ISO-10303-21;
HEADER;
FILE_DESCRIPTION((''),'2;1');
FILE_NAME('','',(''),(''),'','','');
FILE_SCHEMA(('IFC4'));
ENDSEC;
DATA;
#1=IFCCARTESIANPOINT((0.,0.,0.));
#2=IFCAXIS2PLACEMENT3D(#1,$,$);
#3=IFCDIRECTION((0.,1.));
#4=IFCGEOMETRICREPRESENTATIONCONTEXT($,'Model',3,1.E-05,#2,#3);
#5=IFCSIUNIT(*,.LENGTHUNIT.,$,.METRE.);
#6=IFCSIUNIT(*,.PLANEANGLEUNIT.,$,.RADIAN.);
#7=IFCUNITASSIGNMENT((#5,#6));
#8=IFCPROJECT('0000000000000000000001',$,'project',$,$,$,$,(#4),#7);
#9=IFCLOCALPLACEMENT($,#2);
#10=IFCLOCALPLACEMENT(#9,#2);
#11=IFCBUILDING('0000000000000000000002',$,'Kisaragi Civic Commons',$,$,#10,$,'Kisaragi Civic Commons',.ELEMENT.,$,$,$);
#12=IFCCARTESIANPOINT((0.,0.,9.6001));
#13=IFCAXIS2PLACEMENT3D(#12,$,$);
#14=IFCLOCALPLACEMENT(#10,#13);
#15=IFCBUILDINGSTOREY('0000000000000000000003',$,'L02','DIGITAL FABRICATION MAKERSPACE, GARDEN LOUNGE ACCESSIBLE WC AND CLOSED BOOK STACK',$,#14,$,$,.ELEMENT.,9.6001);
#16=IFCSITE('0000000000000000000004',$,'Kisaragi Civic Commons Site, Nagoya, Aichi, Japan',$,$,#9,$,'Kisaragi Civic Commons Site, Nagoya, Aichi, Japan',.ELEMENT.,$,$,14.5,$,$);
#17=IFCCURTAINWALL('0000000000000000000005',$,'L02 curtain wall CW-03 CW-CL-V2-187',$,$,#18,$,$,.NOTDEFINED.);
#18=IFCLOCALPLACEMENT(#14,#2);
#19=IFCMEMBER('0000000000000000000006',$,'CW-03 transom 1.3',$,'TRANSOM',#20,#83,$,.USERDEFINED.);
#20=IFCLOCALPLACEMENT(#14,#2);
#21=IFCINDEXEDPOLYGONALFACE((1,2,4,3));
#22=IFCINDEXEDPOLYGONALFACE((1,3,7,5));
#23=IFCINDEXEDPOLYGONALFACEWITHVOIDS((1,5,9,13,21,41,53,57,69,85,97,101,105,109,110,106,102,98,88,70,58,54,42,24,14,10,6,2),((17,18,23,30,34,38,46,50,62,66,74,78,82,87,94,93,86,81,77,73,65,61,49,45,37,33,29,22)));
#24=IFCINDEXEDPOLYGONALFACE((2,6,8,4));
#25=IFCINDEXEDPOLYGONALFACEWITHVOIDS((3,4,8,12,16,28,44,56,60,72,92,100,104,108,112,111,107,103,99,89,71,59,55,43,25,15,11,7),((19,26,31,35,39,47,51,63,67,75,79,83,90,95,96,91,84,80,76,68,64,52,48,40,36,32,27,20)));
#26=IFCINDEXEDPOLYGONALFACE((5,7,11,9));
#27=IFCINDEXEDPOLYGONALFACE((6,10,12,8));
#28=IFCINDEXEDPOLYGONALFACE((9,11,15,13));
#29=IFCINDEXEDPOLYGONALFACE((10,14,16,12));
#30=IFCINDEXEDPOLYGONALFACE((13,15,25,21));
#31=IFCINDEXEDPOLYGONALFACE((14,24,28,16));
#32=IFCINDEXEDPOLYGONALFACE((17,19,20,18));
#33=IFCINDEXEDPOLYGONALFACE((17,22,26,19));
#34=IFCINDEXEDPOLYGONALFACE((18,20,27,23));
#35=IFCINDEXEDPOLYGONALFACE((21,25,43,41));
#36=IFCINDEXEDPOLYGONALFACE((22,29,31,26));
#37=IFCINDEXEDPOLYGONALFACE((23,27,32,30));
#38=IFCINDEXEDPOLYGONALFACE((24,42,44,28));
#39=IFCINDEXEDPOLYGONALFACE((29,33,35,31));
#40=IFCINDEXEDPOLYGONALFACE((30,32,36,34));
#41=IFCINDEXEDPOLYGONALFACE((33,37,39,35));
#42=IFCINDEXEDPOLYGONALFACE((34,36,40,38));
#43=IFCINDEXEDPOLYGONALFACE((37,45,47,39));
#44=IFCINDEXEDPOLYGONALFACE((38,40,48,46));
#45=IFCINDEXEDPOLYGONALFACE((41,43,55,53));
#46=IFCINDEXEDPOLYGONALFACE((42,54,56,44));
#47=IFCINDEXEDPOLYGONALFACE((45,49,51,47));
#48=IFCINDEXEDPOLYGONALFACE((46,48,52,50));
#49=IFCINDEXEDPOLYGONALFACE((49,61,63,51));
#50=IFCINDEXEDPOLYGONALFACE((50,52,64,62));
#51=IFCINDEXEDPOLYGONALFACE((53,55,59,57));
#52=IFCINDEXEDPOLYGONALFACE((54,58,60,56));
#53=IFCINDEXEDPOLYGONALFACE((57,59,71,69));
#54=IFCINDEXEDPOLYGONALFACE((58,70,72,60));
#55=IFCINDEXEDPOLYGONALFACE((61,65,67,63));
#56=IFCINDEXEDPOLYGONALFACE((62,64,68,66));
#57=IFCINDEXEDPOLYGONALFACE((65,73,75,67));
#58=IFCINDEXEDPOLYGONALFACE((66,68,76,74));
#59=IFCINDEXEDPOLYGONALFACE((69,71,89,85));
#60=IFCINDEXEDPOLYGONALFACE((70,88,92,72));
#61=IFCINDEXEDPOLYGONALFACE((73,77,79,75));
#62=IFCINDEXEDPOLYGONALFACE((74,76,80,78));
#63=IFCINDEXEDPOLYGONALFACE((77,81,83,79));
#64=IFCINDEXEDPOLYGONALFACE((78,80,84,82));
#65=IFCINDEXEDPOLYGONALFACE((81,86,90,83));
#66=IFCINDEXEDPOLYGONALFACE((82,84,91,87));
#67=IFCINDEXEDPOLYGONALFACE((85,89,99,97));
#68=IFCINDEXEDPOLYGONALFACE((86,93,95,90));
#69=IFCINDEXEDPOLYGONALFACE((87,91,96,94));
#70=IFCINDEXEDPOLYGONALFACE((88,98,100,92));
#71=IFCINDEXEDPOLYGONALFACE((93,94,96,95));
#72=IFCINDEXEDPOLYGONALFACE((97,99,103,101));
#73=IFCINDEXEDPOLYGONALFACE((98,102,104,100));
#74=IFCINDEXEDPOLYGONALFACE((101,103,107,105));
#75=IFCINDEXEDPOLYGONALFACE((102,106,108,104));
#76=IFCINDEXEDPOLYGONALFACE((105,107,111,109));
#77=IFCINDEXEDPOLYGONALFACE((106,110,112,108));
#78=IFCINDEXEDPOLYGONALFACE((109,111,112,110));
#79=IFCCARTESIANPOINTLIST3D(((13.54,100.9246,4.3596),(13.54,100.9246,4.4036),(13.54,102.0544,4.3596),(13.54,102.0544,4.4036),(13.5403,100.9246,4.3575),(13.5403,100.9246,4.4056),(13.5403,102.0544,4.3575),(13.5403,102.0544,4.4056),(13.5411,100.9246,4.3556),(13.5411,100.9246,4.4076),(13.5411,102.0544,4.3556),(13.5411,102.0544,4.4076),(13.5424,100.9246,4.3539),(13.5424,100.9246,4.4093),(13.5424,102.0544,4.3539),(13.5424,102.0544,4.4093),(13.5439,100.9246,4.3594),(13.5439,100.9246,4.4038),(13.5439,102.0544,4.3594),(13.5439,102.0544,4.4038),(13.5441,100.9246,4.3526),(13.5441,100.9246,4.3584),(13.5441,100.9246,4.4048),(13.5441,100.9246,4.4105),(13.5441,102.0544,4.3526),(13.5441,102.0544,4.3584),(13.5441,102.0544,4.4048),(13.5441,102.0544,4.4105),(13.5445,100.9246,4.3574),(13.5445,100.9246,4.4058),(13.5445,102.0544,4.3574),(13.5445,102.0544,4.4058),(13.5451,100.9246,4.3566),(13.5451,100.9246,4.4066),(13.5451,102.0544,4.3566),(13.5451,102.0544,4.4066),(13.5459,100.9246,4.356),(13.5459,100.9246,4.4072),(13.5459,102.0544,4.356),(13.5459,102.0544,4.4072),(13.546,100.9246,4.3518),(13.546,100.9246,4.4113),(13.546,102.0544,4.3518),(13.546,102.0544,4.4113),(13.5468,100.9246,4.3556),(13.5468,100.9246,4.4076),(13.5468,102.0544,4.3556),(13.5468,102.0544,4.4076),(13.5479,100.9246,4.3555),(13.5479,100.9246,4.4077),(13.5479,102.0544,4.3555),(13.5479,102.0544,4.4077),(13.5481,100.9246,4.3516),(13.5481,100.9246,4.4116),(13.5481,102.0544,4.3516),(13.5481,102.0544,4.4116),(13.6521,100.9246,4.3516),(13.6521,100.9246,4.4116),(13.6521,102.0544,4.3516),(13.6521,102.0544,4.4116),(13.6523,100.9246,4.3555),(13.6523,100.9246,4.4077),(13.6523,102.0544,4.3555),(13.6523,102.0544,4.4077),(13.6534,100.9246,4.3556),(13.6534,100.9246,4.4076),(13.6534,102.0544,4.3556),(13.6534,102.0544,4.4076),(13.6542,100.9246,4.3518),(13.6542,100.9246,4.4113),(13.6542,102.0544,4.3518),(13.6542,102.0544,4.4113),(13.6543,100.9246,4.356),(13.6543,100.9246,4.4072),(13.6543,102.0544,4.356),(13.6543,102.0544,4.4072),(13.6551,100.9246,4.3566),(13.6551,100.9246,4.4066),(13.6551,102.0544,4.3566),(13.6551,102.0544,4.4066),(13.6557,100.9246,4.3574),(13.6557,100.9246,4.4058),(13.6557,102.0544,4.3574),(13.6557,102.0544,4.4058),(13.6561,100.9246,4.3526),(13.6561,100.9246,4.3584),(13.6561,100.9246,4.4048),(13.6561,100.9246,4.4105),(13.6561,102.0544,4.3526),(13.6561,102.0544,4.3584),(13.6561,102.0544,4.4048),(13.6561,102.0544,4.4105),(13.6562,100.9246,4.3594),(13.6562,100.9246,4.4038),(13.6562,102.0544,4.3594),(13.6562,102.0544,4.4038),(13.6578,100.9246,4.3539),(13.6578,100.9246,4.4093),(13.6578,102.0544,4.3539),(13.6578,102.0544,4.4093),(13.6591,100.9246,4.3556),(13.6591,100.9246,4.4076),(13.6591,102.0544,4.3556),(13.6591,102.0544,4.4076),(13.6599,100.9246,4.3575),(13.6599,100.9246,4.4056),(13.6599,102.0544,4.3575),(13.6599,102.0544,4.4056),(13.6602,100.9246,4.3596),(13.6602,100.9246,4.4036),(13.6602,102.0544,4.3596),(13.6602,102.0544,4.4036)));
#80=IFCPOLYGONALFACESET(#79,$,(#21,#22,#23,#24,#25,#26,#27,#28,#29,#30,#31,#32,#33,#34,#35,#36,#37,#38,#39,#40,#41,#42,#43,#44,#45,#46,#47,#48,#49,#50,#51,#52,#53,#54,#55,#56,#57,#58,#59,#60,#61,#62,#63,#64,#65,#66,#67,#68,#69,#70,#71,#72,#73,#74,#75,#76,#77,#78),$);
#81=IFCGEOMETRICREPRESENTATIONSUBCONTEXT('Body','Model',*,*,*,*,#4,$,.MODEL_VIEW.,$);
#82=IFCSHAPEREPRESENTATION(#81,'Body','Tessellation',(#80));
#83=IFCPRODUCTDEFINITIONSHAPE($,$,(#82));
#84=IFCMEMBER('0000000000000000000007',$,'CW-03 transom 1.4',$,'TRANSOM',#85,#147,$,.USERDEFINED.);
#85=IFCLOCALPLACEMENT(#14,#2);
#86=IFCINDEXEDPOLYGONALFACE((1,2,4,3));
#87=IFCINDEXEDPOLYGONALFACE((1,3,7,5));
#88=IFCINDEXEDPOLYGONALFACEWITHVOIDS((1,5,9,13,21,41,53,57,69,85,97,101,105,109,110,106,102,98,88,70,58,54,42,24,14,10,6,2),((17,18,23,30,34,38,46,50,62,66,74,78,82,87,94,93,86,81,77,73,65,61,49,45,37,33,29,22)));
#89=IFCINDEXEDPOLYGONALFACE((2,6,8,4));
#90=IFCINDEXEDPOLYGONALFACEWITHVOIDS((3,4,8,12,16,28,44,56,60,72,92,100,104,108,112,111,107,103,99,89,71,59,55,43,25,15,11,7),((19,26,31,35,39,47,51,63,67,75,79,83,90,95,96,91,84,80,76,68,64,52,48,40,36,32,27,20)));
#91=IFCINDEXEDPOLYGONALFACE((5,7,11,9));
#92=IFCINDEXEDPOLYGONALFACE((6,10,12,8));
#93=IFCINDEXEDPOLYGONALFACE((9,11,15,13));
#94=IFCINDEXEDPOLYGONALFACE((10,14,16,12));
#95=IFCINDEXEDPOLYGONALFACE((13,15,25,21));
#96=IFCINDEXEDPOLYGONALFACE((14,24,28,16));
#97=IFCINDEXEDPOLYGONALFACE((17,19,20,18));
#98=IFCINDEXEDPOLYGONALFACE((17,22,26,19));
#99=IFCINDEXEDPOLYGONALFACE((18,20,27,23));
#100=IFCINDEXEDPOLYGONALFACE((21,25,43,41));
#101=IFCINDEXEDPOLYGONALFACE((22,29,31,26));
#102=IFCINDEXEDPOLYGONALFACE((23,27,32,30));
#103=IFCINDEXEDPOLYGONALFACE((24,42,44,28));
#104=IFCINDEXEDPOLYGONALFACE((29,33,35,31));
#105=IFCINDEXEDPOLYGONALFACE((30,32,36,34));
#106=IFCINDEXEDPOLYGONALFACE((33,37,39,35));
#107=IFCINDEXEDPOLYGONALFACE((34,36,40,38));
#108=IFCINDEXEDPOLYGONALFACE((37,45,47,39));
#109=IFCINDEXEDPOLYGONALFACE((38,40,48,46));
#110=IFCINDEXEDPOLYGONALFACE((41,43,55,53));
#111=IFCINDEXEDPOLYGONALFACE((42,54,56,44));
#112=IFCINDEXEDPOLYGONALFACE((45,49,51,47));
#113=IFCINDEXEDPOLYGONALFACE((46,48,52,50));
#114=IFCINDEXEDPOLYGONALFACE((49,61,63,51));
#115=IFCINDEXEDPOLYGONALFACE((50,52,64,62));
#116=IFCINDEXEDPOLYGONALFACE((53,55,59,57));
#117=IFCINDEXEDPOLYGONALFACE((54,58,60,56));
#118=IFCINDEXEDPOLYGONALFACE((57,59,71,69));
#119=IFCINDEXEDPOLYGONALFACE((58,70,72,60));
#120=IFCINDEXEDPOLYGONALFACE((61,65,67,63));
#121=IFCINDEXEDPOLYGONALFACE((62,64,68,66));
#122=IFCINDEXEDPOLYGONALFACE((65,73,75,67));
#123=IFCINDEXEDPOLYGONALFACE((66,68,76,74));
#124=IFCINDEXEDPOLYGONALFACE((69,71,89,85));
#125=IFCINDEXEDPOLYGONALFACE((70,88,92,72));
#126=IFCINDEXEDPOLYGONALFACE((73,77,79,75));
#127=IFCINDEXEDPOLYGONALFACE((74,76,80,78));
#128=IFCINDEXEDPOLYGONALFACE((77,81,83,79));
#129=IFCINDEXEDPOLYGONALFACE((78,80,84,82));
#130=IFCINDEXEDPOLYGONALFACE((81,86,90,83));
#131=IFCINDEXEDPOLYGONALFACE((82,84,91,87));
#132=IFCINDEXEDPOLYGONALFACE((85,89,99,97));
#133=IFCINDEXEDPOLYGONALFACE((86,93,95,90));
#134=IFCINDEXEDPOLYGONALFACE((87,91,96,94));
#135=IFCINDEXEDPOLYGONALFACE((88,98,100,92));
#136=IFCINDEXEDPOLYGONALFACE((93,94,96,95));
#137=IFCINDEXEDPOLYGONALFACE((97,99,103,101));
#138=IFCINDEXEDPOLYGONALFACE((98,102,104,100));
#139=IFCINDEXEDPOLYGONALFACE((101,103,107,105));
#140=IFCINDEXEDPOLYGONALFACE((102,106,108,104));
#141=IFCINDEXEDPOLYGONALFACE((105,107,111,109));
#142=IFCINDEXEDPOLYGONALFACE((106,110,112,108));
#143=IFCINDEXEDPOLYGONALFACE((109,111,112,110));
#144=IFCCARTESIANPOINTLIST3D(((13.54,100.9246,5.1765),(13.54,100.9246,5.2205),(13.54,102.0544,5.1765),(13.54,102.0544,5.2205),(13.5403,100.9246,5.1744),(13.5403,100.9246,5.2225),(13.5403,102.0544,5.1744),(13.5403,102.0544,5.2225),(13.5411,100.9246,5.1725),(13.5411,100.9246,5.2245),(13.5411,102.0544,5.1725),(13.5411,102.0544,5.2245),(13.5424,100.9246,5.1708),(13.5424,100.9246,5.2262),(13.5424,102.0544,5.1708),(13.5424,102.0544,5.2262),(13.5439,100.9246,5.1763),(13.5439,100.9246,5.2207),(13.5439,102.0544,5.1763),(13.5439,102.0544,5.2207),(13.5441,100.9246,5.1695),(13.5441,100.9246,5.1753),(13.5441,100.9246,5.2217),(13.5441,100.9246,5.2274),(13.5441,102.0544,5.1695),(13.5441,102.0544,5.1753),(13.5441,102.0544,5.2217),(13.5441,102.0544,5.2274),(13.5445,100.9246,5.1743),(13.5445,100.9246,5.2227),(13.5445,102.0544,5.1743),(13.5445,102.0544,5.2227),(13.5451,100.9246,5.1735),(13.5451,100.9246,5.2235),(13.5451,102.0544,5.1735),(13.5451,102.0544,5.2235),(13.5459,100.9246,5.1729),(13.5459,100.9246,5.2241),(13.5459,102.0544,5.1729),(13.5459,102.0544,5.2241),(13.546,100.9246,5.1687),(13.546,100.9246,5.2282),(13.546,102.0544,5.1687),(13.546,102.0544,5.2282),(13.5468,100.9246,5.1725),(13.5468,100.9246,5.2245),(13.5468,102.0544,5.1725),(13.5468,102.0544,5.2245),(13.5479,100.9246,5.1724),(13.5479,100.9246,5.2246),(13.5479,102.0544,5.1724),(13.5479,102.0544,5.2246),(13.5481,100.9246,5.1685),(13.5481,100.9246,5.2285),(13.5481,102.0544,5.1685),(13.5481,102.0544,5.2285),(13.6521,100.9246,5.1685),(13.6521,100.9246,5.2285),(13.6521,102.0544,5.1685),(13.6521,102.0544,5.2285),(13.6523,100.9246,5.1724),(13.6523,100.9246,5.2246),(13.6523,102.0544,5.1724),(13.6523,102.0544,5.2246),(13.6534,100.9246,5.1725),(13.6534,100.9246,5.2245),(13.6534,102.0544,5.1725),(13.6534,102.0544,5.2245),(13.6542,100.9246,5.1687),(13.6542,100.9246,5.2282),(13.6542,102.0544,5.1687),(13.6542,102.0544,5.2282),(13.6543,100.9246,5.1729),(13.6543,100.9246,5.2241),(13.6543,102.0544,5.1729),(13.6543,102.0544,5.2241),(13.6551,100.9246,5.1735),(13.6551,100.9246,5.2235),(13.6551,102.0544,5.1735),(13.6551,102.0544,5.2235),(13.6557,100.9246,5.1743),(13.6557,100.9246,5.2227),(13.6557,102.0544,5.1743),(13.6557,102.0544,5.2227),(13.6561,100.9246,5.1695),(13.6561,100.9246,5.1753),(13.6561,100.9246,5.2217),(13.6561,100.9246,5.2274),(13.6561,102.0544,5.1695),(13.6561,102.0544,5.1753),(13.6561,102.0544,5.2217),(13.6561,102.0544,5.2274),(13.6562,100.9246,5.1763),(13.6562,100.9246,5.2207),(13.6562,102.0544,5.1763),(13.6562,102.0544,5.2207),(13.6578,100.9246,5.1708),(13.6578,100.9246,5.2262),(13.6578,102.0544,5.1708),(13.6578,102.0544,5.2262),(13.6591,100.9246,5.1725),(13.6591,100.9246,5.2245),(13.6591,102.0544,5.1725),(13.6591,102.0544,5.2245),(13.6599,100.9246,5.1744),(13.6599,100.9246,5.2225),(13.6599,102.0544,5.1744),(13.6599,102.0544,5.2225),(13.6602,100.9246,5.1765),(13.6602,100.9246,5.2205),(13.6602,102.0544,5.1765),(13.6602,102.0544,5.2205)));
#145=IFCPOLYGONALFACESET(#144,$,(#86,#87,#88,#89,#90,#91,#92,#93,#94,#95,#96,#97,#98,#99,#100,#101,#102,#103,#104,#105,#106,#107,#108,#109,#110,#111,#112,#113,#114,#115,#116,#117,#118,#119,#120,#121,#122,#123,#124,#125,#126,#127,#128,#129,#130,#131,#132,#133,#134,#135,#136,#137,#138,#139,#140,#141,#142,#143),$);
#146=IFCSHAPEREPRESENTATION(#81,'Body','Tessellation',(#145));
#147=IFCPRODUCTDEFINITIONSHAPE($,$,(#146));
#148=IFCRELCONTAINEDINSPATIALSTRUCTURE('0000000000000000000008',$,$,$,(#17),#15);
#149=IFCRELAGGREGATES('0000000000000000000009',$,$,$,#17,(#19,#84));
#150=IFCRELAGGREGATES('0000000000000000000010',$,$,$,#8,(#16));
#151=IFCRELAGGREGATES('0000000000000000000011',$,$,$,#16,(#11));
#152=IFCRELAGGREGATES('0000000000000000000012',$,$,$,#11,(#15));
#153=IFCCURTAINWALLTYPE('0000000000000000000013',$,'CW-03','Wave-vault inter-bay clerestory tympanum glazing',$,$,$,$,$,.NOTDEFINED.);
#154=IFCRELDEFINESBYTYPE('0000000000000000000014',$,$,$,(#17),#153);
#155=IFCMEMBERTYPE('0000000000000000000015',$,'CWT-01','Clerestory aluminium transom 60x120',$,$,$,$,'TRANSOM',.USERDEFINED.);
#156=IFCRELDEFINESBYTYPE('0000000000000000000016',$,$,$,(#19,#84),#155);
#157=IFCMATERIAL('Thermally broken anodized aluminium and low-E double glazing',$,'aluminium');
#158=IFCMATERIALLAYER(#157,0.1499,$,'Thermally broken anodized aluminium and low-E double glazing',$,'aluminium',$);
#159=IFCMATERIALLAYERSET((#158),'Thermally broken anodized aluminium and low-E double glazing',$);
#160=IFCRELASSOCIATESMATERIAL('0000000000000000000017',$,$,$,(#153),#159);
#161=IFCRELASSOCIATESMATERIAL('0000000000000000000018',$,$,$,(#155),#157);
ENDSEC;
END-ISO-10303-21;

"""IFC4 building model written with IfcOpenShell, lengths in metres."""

from ifc_helpers import new_model, si_unit, direction, frame, origin, origin_2d, place, context, subcontext, project, spatial, hollow_rectangle, extrude, material, layer, layer_set, material_profile, profile_set, type_object, element, aggregate, save


model = new_model("IFC4")

# Units and contexts
model_context = context("Model", 3, precision=1e-05, world=origin(), true_north=direction((0.0, 1.0)))
body_context = subcontext(model_context, "Body", "Model", "MODEL_VIEW")
ifc_project = project(units=[si_unit("LENGTHUNIT", "METRE"), si_unit("PLANEANGLEUNIT", "RADIAN")], contexts=[model_context])

# Site, building, storey
site_placement = place(None, origin())
site = spatial("IfcSite", under=ifc_project, at=site_placement, Name="Kisaragi Civic Commons Site, Nagoya, Aichi, Japan", LongName="Kisaragi Civic Commons Site, Nagoya, Aichi, Japan", CompositionType="ELEMENT", RefElevation=14.5)
building_placement = place(site_placement, origin())
building = spatial("IfcBuilding", under=site, at=building_placement, Name="Kisaragi Civic Commons", LongName="Kisaragi Civic Commons", CompositionType="ELEMENT")
storey_placement = place(building_placement, frame((0.0, 0.0, 9.6001)))
storey = spatial("IfcBuildingStorey", under=building, at=storey_placement, Name="L02", Description="DIGITAL FABRICATION MAKERSPACE, GARDEN LOUNGE ACCESSIBLE WC AND CLOSED BOOK STACK", CompositionType="ELEMENT", Elevation=9.6001)

# Curtain wall
ifc_material_1 = material(Name="Thermally broken anodized aluminium and low-E double glazing", Category="aluminium")
ifc_layer_1 = layer(ifc_material_1, 0.1499, Name="Thermally broken anodized aluminium and low-E double glazing", Category="aluminium")
ifc_layer_set_1 = layer_set([ifc_layer_1], Name="Thermally broken anodized aluminium and low-E double glazing")
curtain_wall_type = type_object("IfcCurtainWallType", Name="CW-03", Description="Wave-vault inter-bay clerestory tympanum glazing", PredefinedType="NOTDEFINED", material=ifc_layer_set_1)
curtain_wall_1_placement = place(storey_placement, origin())
curtain_wall_1 = element("IfcCurtainWall", 1, at=curtain_wall_1_placement, inside=storey, type_object=curtain_wall_type, Name="L02 curtain wall CW-03 CW-CL-V2-187", PredefinedType="NOTDEFINED")

# Members
ifc_material_profile_1 = material_profile(ifc_material_1, hollow_rectangle(XDim=0.1201, YDim=0.0601, WallThickness=0.0039, InnerFilletRadius=0.0039, OuterFilletRadius=0.0081, at=origin_2d()), Name="CWT-60x120x4", Category="aluminium")
ifc_profile_set_1 = profile_set([ifc_material_profile_1], Name="Thermally broken anodized aluminium and low-E double glazing")
member_type_1 = type_object("IfcMemberType", Name="CWT-01", Description="Clerestory aluminium transom 60x120", ElementType="TRANSOM", PredefinedType="USERDEFINED", material=ifc_profile_set_1)
member_1_placement = place(storey_placement, frame((13.6001, 100.9246, 4.3816), z_axis=(0.0, 1.0, 0.0), x_axis=(-1.0, 0.0, 0.0)))
member_1 = element("IfcMember", 2, at=member_1_placement, type_object=member_type_1, Name="CW-03 transom 1.3", ObjectType="TRANSOM", PredefinedType="USERDEFINED", context=body_context, shape_type="SweptSolid", body=[
    extrude(hollow_rectangle(XDim=0.1201, YDim=0.0601, WallThickness=0.0039, InnerFilletRadius=0.0039, OuterFilletRadius=0.0081, at=origin_2d()), origin(), (0.0, 0.0, 1.0), 1.1299),
])
member_2_placement = place(storey_placement, frame((13.6001, 100.9246, 5.1985), z_axis=(0.0, 1.0, 0.0), x_axis=(-1.0, 0.0, 0.0)))
member_2 = element("IfcMember", 3, at=member_2_placement, type_object=member_type_1, Name="CW-03 transom 1.4", ObjectType="TRANSOM", PredefinedType="USERDEFINED", context=body_context, shape_type="SweptSolid", body=[
    extrude(hollow_rectangle(XDim=0.1201, YDim=0.0601, WallThickness=0.0039, InnerFilletRadius=0.0039, OuterFilletRadius=0.0081, at=origin_2d()), origin(), (0.0, 0.0, 1.0), 1.1299),
])

aggregate(curtain_wall_1, [member_1, member_2])

save(model, "model.ifc")
